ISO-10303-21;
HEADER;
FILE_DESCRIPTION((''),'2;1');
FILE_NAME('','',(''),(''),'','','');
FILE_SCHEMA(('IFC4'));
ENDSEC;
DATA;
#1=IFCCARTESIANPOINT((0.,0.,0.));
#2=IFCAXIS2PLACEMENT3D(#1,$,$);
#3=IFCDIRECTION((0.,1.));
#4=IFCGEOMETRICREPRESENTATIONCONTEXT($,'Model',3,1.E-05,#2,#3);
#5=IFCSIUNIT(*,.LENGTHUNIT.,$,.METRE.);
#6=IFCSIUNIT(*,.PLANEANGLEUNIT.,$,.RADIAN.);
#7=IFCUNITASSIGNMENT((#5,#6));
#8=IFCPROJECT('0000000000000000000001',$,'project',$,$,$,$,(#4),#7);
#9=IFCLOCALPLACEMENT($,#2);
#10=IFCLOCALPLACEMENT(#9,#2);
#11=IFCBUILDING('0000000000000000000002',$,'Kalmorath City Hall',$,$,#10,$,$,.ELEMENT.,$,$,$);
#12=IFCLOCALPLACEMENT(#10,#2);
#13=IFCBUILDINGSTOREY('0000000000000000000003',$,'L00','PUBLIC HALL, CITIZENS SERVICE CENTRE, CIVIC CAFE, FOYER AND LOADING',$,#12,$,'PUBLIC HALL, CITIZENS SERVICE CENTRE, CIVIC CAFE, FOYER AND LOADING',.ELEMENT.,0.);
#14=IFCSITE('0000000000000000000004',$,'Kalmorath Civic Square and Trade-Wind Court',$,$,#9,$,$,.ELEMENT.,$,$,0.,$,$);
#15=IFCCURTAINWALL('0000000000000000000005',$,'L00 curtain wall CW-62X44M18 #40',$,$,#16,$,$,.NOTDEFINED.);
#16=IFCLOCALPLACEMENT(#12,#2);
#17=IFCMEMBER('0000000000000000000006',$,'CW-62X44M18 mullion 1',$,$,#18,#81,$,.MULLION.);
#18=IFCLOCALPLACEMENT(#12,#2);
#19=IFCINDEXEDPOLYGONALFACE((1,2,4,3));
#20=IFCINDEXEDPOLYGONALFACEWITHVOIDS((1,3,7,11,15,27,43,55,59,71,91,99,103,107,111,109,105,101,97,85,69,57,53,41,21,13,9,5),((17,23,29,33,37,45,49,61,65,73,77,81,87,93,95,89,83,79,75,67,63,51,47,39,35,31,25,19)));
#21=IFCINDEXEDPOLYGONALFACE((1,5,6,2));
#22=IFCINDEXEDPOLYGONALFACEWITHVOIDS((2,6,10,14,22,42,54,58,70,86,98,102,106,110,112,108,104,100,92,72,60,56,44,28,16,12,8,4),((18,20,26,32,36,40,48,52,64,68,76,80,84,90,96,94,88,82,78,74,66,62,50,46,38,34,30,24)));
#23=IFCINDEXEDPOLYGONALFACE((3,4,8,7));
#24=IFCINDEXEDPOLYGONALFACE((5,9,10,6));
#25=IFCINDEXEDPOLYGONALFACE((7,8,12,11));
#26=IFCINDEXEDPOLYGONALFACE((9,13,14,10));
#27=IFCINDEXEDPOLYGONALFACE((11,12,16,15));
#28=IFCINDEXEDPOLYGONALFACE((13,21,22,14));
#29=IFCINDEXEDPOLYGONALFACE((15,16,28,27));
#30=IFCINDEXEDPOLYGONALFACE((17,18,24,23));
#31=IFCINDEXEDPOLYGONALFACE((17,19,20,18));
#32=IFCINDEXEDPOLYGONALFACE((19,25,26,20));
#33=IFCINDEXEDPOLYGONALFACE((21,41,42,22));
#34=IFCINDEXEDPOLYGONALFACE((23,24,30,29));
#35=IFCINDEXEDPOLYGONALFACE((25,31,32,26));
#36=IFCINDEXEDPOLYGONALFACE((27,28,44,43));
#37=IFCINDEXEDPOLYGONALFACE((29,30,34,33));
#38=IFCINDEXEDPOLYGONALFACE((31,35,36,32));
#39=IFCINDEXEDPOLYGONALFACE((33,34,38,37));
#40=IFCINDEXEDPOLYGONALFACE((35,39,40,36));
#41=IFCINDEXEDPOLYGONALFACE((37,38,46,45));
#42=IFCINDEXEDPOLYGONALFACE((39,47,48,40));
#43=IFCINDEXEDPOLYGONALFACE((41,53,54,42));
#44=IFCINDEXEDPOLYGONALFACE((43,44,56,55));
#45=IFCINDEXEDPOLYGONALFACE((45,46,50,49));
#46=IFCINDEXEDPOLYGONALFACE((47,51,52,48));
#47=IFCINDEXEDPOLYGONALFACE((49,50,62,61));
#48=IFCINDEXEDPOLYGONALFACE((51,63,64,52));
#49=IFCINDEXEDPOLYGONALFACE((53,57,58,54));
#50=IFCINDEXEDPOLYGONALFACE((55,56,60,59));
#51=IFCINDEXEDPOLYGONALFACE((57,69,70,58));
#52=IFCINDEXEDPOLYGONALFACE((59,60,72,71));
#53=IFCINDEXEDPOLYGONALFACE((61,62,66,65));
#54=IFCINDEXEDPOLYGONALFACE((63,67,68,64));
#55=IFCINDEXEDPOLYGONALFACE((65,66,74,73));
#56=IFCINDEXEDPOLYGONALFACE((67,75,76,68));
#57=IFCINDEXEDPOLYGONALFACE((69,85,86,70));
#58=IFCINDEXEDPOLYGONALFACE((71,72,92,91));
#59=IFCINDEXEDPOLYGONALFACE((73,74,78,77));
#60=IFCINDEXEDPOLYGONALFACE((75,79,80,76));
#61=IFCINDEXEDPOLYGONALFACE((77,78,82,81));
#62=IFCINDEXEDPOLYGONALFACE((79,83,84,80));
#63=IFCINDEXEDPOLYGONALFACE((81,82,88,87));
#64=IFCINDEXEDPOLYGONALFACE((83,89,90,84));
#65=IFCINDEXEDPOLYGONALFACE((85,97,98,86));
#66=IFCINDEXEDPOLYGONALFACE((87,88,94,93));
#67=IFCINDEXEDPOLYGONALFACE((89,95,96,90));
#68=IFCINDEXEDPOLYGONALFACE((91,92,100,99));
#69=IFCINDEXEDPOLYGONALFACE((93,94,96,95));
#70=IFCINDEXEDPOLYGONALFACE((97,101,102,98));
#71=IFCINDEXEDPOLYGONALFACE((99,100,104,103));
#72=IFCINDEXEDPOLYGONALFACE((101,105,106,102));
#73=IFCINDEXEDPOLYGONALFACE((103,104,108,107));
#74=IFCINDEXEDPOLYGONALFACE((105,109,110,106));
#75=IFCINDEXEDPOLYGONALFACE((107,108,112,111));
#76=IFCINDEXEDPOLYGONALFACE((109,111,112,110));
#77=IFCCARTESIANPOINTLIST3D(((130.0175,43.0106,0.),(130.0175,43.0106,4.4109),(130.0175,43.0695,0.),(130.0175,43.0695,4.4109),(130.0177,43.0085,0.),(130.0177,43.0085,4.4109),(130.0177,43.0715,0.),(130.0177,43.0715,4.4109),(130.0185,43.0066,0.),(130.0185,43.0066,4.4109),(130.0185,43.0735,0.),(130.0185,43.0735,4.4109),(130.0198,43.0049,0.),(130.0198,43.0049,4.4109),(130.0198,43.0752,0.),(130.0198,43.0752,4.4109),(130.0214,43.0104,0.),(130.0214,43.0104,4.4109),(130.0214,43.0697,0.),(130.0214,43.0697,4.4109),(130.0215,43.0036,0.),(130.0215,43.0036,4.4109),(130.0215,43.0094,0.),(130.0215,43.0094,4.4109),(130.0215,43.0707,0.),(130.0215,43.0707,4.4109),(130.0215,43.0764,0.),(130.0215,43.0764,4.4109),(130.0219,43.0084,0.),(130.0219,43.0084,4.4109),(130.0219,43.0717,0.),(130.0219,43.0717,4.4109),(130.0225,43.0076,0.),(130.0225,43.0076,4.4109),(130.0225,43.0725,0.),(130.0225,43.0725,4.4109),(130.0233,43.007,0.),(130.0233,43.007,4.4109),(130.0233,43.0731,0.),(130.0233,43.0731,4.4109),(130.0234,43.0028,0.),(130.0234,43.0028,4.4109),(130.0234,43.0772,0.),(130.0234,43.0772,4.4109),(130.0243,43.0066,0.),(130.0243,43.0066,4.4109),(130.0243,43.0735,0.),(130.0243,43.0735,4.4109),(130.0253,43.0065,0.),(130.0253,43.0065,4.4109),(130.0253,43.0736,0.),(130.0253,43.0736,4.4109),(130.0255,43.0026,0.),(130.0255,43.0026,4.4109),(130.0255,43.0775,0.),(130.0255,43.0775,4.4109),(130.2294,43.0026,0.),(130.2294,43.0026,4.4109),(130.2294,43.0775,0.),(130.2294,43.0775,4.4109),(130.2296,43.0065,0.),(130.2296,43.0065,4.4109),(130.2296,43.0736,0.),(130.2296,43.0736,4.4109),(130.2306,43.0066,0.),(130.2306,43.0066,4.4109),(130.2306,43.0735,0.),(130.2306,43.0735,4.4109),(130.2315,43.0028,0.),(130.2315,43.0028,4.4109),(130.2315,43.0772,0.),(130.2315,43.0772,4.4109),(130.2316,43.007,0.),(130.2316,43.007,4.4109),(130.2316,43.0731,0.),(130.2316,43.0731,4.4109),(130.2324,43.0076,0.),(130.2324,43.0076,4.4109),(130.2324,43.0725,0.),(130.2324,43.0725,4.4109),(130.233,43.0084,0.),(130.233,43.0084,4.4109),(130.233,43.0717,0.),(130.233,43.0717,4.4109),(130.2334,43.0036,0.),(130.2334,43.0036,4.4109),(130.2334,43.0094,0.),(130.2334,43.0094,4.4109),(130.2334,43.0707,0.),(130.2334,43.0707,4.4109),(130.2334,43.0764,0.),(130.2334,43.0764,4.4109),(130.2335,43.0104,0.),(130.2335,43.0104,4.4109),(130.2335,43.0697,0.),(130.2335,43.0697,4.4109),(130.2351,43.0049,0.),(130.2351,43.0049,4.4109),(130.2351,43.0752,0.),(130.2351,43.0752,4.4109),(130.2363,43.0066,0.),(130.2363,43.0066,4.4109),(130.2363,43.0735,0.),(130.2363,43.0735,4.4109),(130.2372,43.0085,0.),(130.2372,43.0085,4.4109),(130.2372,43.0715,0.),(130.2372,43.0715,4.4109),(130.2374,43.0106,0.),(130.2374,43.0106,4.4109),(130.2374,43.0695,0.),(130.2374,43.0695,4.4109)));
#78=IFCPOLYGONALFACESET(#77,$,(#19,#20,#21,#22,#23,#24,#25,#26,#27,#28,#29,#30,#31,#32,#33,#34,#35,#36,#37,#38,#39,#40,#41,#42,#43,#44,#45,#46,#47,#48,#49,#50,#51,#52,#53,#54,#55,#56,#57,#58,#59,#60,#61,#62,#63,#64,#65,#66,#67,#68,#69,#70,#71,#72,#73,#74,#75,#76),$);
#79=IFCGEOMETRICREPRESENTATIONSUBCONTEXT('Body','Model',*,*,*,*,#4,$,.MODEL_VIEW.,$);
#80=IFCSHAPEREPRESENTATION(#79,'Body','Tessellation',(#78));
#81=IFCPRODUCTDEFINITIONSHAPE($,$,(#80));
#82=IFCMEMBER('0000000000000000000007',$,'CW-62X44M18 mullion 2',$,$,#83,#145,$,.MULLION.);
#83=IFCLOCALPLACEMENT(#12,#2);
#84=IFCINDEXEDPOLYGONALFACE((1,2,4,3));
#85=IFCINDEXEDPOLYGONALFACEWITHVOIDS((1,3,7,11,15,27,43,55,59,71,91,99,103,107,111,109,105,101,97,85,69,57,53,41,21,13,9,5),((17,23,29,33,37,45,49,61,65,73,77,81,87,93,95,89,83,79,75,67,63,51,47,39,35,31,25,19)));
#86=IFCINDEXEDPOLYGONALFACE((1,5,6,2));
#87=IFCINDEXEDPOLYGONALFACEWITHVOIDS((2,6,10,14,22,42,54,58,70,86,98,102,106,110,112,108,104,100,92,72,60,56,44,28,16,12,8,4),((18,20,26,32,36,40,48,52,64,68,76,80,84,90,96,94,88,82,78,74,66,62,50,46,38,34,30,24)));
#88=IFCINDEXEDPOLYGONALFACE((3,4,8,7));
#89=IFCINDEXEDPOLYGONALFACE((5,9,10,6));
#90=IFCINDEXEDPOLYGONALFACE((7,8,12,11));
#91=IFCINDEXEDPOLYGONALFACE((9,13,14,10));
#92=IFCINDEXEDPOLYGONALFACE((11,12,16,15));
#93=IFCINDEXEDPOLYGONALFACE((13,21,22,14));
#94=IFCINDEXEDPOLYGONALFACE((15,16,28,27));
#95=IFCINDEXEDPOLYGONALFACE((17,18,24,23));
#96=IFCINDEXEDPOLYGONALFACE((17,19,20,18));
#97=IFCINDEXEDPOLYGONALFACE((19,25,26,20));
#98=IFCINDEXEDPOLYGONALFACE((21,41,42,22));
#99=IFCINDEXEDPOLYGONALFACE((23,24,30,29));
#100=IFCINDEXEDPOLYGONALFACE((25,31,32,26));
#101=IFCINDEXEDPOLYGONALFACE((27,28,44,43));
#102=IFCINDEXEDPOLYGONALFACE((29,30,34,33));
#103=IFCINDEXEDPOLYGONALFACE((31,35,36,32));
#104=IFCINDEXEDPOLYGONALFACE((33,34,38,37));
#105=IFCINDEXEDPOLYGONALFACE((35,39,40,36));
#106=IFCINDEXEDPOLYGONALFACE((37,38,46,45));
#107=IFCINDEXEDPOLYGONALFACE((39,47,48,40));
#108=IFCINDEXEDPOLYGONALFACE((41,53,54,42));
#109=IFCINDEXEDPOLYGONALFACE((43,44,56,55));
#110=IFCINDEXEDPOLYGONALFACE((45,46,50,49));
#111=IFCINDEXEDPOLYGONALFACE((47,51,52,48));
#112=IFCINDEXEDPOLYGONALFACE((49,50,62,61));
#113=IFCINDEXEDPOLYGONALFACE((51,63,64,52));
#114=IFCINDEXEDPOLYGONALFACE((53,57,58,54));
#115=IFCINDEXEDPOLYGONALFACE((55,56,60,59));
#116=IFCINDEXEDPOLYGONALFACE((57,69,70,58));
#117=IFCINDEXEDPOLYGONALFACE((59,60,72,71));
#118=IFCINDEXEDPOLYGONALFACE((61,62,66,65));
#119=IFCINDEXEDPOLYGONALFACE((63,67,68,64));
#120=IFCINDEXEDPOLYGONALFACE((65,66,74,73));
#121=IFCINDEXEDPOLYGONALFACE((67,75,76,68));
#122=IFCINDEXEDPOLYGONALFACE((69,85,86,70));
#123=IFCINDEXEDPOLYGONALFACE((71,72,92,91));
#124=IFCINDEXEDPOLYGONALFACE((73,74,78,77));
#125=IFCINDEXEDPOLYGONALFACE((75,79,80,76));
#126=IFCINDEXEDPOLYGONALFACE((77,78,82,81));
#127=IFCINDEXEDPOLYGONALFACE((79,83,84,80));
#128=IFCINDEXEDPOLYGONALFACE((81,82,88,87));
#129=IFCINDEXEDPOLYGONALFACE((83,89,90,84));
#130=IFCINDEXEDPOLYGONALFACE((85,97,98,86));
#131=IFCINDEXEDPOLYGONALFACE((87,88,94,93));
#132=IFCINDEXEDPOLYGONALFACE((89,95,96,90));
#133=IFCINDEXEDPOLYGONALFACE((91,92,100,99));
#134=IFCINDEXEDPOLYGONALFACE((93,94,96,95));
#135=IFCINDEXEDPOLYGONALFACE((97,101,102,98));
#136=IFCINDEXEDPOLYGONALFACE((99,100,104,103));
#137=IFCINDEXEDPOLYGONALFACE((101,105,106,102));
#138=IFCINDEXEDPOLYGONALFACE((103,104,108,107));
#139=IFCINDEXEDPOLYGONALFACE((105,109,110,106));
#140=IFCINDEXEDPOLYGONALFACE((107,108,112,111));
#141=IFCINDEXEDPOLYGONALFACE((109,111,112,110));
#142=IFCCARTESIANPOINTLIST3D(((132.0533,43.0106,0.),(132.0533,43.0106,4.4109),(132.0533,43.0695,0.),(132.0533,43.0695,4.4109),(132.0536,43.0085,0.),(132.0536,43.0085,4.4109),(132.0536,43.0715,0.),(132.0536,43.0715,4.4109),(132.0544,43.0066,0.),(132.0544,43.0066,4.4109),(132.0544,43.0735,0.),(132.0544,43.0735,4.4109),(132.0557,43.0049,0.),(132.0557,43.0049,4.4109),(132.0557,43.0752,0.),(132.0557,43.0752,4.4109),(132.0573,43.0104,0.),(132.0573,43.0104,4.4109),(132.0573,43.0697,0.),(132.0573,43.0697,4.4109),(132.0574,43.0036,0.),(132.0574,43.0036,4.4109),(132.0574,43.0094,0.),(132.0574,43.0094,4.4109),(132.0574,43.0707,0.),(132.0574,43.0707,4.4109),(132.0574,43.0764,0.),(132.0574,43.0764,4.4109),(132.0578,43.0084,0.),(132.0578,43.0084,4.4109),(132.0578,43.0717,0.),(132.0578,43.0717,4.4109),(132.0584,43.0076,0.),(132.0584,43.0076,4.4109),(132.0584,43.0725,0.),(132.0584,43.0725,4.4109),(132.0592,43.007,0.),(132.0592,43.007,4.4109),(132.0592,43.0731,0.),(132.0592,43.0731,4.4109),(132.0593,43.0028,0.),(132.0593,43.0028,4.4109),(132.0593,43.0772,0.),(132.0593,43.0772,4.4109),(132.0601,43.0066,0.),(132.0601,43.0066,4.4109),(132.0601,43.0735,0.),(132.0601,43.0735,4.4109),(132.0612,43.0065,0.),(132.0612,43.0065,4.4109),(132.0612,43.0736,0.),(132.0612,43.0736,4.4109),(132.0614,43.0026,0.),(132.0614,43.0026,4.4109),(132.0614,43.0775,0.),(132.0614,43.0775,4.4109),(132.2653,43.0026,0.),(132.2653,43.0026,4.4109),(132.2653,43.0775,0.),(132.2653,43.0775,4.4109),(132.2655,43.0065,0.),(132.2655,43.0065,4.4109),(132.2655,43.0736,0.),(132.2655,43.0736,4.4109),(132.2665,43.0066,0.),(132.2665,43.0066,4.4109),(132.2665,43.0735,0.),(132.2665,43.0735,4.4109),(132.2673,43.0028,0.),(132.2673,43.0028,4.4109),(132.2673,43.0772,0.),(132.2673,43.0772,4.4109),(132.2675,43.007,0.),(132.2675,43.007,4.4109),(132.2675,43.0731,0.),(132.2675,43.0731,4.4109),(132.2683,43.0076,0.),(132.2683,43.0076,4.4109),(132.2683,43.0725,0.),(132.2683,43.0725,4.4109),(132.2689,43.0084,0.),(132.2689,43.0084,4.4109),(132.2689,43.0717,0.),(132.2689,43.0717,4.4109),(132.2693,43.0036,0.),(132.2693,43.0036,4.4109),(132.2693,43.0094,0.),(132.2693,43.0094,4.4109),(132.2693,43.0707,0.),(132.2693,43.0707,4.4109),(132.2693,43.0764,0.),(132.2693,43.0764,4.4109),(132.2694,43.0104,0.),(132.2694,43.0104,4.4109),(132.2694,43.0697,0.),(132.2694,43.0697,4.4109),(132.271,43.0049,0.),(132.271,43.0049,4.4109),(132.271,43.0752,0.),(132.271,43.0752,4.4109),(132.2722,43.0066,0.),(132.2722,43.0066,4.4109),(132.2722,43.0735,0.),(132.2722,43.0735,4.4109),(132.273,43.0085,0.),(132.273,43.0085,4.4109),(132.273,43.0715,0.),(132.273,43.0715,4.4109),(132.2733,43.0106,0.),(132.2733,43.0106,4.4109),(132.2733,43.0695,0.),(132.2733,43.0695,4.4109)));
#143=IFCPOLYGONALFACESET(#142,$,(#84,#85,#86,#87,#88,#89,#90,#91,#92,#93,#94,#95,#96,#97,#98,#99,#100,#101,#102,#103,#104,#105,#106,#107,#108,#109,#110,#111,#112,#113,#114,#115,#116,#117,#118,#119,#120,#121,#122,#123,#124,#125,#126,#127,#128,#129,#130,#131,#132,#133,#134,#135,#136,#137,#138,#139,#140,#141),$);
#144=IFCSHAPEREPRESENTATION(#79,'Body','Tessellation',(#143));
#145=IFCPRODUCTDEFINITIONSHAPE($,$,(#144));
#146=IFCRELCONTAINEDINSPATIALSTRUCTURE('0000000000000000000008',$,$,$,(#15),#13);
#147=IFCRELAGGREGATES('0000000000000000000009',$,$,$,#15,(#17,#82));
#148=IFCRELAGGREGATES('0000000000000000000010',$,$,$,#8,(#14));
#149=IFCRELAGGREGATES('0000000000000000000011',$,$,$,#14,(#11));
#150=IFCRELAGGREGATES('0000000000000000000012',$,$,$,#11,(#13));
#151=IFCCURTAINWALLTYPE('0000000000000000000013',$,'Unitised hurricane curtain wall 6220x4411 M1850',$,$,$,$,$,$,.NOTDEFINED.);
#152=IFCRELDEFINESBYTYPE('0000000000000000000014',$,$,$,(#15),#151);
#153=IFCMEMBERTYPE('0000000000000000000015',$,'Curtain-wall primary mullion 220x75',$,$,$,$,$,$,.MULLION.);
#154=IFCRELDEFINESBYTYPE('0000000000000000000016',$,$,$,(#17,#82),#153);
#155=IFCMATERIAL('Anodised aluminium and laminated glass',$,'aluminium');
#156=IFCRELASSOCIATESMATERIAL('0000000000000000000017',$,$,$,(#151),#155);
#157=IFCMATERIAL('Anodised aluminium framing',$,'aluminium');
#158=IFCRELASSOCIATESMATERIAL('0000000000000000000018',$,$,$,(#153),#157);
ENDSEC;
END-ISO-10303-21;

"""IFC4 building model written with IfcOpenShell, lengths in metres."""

from ifc_helpers import new_model, si_unit, direction, frame, origin, origin_2d, place, context, subcontext, project, spatial, hollow_rectangle, extrude, material, material_profile, profile_set, type_object, element, aggregate, save


model = new_model("IFC4")

# Units and contexts
model_context = context("Model", 3, precision=1e-05, world=origin(), true_north=direction((0.0, 1.0)))
body_context = subcontext(model_context, "Body", "Model", "MODEL_VIEW")
ifc_project = project(units=[si_unit("LENGTHUNIT", "METRE"), si_unit("PLANEANGLEUNIT", "RADIAN")], contexts=[model_context])

# Site, building, storey
site_placement = place(None, origin())
site = spatial("IfcSite", under=ifc_project, at=site_placement, Name="Kalmorath Civic Square and Trade-Wind Court", CompositionType="ELEMENT", RefElevation=0.0)
building_placement = place(site_placement, origin())
building = spatial("IfcBuilding", under=site, at=building_placement, Name="Kalmorath City Hall", CompositionType="ELEMENT")
storey_placement = place(building_placement, origin())
storey = spatial("IfcBuildingStorey", under=building, at=storey_placement, Name="L00", Description="PUBLIC HALL, CITIZENS SERVICE CENTRE, CIVIC CAFE, FOYER AND LOADING", LongName="PUBLIC HALL, CITIZENS SERVICE CENTRE, CIVIC CAFE, FOYER AND LOADING", CompositionType="ELEMENT", Elevation=0.0)

# Curtain wall, members
ifc_material_1 = material(Name="Anodised aluminium and laminated glass", Category="aluminium")
curtain_wall_type = type_object("IfcCurtainWallType", Name="Unitised hurricane curtain wall 6220x4411 M1850", PredefinedType="NOTDEFINED", material=ifc_material_1)
curtain_wall_placement = place(storey_placement, origin())
curtain_wall = element("IfcCurtainWall", 1, at=curtain_wall_placement, inside=storey, type_object=curtain_wall_type, Name="L00 curtain wall CW-62X44M18 #40", PredefinedType="NOTDEFINED")
ifc_material_2 = material(Name="Anodised aluminium framing", Category="aluminium")
ifc_material_profile_1 = material_profile(ifc_material_2, hollow_rectangle(XDim=0.075, YDim=0.22, WallThickness=0.0039, InnerFilletRadius=0.0039, OuterFilletRadius=0.0081, at=origin_2d()), Name="ALU-MUL-220X75X4")
ifc_profile_set_1 = profile_set([ifc_material_profile_1], Name="Anodised aluminium framing")
member_type_1 = type_object("IfcMemberType", Name="Curtain-wall primary mullion 220x75", PredefinedType="MULLION", material=ifc_profile_set_1)
member_1_placement = place(storey_placement, frame((130.1274, 43.04, 0.0), z_axis=(0.0, 0.0, 1.0), x_axis=(0.0, 1.0, 0.0)))
member_1 = element("IfcMember", 2, at=member_1_placement, type_object=member_type_1, Name="CW-62X44M18 mullion 1", PredefinedType="MULLION", context=body_context, shape_type="SweptSolid", body=[
    extrude(hollow_rectangle(XDim=0.075, YDim=0.22, WallThickness=0.0039, InnerFilletRadius=0.0039, OuterFilletRadius=0.0081, at=origin_2d()), origin(), (0.0, 0.0, 1.0), 4.4109),
])
member_2_placement = place(storey_placement, frame((132.1633, 43.04, 0.0), z_axis=(0.0, 0.0, 1.0), x_axis=(0.0, 1.0, 0.0)))
member_2 = element("IfcMember", 3, at=member_2_placement, type_object=member_type_1, Name="CW-62X44M18 mullion 2", PredefinedType="MULLION", context=body_context, shape_type="SweptSolid", body=[
    extrude(hollow_rectangle(XDim=0.075, YDim=0.22, WallThickness=0.0039, InnerFilletRadius=0.0039, OuterFilletRadius=0.0081, at=origin_2d()), origin(), (0.0, 0.0, 1.0), 4.4109),
])

aggregate(curtain_wall, [member_1, member_2])

save(model, "model.ifc")
